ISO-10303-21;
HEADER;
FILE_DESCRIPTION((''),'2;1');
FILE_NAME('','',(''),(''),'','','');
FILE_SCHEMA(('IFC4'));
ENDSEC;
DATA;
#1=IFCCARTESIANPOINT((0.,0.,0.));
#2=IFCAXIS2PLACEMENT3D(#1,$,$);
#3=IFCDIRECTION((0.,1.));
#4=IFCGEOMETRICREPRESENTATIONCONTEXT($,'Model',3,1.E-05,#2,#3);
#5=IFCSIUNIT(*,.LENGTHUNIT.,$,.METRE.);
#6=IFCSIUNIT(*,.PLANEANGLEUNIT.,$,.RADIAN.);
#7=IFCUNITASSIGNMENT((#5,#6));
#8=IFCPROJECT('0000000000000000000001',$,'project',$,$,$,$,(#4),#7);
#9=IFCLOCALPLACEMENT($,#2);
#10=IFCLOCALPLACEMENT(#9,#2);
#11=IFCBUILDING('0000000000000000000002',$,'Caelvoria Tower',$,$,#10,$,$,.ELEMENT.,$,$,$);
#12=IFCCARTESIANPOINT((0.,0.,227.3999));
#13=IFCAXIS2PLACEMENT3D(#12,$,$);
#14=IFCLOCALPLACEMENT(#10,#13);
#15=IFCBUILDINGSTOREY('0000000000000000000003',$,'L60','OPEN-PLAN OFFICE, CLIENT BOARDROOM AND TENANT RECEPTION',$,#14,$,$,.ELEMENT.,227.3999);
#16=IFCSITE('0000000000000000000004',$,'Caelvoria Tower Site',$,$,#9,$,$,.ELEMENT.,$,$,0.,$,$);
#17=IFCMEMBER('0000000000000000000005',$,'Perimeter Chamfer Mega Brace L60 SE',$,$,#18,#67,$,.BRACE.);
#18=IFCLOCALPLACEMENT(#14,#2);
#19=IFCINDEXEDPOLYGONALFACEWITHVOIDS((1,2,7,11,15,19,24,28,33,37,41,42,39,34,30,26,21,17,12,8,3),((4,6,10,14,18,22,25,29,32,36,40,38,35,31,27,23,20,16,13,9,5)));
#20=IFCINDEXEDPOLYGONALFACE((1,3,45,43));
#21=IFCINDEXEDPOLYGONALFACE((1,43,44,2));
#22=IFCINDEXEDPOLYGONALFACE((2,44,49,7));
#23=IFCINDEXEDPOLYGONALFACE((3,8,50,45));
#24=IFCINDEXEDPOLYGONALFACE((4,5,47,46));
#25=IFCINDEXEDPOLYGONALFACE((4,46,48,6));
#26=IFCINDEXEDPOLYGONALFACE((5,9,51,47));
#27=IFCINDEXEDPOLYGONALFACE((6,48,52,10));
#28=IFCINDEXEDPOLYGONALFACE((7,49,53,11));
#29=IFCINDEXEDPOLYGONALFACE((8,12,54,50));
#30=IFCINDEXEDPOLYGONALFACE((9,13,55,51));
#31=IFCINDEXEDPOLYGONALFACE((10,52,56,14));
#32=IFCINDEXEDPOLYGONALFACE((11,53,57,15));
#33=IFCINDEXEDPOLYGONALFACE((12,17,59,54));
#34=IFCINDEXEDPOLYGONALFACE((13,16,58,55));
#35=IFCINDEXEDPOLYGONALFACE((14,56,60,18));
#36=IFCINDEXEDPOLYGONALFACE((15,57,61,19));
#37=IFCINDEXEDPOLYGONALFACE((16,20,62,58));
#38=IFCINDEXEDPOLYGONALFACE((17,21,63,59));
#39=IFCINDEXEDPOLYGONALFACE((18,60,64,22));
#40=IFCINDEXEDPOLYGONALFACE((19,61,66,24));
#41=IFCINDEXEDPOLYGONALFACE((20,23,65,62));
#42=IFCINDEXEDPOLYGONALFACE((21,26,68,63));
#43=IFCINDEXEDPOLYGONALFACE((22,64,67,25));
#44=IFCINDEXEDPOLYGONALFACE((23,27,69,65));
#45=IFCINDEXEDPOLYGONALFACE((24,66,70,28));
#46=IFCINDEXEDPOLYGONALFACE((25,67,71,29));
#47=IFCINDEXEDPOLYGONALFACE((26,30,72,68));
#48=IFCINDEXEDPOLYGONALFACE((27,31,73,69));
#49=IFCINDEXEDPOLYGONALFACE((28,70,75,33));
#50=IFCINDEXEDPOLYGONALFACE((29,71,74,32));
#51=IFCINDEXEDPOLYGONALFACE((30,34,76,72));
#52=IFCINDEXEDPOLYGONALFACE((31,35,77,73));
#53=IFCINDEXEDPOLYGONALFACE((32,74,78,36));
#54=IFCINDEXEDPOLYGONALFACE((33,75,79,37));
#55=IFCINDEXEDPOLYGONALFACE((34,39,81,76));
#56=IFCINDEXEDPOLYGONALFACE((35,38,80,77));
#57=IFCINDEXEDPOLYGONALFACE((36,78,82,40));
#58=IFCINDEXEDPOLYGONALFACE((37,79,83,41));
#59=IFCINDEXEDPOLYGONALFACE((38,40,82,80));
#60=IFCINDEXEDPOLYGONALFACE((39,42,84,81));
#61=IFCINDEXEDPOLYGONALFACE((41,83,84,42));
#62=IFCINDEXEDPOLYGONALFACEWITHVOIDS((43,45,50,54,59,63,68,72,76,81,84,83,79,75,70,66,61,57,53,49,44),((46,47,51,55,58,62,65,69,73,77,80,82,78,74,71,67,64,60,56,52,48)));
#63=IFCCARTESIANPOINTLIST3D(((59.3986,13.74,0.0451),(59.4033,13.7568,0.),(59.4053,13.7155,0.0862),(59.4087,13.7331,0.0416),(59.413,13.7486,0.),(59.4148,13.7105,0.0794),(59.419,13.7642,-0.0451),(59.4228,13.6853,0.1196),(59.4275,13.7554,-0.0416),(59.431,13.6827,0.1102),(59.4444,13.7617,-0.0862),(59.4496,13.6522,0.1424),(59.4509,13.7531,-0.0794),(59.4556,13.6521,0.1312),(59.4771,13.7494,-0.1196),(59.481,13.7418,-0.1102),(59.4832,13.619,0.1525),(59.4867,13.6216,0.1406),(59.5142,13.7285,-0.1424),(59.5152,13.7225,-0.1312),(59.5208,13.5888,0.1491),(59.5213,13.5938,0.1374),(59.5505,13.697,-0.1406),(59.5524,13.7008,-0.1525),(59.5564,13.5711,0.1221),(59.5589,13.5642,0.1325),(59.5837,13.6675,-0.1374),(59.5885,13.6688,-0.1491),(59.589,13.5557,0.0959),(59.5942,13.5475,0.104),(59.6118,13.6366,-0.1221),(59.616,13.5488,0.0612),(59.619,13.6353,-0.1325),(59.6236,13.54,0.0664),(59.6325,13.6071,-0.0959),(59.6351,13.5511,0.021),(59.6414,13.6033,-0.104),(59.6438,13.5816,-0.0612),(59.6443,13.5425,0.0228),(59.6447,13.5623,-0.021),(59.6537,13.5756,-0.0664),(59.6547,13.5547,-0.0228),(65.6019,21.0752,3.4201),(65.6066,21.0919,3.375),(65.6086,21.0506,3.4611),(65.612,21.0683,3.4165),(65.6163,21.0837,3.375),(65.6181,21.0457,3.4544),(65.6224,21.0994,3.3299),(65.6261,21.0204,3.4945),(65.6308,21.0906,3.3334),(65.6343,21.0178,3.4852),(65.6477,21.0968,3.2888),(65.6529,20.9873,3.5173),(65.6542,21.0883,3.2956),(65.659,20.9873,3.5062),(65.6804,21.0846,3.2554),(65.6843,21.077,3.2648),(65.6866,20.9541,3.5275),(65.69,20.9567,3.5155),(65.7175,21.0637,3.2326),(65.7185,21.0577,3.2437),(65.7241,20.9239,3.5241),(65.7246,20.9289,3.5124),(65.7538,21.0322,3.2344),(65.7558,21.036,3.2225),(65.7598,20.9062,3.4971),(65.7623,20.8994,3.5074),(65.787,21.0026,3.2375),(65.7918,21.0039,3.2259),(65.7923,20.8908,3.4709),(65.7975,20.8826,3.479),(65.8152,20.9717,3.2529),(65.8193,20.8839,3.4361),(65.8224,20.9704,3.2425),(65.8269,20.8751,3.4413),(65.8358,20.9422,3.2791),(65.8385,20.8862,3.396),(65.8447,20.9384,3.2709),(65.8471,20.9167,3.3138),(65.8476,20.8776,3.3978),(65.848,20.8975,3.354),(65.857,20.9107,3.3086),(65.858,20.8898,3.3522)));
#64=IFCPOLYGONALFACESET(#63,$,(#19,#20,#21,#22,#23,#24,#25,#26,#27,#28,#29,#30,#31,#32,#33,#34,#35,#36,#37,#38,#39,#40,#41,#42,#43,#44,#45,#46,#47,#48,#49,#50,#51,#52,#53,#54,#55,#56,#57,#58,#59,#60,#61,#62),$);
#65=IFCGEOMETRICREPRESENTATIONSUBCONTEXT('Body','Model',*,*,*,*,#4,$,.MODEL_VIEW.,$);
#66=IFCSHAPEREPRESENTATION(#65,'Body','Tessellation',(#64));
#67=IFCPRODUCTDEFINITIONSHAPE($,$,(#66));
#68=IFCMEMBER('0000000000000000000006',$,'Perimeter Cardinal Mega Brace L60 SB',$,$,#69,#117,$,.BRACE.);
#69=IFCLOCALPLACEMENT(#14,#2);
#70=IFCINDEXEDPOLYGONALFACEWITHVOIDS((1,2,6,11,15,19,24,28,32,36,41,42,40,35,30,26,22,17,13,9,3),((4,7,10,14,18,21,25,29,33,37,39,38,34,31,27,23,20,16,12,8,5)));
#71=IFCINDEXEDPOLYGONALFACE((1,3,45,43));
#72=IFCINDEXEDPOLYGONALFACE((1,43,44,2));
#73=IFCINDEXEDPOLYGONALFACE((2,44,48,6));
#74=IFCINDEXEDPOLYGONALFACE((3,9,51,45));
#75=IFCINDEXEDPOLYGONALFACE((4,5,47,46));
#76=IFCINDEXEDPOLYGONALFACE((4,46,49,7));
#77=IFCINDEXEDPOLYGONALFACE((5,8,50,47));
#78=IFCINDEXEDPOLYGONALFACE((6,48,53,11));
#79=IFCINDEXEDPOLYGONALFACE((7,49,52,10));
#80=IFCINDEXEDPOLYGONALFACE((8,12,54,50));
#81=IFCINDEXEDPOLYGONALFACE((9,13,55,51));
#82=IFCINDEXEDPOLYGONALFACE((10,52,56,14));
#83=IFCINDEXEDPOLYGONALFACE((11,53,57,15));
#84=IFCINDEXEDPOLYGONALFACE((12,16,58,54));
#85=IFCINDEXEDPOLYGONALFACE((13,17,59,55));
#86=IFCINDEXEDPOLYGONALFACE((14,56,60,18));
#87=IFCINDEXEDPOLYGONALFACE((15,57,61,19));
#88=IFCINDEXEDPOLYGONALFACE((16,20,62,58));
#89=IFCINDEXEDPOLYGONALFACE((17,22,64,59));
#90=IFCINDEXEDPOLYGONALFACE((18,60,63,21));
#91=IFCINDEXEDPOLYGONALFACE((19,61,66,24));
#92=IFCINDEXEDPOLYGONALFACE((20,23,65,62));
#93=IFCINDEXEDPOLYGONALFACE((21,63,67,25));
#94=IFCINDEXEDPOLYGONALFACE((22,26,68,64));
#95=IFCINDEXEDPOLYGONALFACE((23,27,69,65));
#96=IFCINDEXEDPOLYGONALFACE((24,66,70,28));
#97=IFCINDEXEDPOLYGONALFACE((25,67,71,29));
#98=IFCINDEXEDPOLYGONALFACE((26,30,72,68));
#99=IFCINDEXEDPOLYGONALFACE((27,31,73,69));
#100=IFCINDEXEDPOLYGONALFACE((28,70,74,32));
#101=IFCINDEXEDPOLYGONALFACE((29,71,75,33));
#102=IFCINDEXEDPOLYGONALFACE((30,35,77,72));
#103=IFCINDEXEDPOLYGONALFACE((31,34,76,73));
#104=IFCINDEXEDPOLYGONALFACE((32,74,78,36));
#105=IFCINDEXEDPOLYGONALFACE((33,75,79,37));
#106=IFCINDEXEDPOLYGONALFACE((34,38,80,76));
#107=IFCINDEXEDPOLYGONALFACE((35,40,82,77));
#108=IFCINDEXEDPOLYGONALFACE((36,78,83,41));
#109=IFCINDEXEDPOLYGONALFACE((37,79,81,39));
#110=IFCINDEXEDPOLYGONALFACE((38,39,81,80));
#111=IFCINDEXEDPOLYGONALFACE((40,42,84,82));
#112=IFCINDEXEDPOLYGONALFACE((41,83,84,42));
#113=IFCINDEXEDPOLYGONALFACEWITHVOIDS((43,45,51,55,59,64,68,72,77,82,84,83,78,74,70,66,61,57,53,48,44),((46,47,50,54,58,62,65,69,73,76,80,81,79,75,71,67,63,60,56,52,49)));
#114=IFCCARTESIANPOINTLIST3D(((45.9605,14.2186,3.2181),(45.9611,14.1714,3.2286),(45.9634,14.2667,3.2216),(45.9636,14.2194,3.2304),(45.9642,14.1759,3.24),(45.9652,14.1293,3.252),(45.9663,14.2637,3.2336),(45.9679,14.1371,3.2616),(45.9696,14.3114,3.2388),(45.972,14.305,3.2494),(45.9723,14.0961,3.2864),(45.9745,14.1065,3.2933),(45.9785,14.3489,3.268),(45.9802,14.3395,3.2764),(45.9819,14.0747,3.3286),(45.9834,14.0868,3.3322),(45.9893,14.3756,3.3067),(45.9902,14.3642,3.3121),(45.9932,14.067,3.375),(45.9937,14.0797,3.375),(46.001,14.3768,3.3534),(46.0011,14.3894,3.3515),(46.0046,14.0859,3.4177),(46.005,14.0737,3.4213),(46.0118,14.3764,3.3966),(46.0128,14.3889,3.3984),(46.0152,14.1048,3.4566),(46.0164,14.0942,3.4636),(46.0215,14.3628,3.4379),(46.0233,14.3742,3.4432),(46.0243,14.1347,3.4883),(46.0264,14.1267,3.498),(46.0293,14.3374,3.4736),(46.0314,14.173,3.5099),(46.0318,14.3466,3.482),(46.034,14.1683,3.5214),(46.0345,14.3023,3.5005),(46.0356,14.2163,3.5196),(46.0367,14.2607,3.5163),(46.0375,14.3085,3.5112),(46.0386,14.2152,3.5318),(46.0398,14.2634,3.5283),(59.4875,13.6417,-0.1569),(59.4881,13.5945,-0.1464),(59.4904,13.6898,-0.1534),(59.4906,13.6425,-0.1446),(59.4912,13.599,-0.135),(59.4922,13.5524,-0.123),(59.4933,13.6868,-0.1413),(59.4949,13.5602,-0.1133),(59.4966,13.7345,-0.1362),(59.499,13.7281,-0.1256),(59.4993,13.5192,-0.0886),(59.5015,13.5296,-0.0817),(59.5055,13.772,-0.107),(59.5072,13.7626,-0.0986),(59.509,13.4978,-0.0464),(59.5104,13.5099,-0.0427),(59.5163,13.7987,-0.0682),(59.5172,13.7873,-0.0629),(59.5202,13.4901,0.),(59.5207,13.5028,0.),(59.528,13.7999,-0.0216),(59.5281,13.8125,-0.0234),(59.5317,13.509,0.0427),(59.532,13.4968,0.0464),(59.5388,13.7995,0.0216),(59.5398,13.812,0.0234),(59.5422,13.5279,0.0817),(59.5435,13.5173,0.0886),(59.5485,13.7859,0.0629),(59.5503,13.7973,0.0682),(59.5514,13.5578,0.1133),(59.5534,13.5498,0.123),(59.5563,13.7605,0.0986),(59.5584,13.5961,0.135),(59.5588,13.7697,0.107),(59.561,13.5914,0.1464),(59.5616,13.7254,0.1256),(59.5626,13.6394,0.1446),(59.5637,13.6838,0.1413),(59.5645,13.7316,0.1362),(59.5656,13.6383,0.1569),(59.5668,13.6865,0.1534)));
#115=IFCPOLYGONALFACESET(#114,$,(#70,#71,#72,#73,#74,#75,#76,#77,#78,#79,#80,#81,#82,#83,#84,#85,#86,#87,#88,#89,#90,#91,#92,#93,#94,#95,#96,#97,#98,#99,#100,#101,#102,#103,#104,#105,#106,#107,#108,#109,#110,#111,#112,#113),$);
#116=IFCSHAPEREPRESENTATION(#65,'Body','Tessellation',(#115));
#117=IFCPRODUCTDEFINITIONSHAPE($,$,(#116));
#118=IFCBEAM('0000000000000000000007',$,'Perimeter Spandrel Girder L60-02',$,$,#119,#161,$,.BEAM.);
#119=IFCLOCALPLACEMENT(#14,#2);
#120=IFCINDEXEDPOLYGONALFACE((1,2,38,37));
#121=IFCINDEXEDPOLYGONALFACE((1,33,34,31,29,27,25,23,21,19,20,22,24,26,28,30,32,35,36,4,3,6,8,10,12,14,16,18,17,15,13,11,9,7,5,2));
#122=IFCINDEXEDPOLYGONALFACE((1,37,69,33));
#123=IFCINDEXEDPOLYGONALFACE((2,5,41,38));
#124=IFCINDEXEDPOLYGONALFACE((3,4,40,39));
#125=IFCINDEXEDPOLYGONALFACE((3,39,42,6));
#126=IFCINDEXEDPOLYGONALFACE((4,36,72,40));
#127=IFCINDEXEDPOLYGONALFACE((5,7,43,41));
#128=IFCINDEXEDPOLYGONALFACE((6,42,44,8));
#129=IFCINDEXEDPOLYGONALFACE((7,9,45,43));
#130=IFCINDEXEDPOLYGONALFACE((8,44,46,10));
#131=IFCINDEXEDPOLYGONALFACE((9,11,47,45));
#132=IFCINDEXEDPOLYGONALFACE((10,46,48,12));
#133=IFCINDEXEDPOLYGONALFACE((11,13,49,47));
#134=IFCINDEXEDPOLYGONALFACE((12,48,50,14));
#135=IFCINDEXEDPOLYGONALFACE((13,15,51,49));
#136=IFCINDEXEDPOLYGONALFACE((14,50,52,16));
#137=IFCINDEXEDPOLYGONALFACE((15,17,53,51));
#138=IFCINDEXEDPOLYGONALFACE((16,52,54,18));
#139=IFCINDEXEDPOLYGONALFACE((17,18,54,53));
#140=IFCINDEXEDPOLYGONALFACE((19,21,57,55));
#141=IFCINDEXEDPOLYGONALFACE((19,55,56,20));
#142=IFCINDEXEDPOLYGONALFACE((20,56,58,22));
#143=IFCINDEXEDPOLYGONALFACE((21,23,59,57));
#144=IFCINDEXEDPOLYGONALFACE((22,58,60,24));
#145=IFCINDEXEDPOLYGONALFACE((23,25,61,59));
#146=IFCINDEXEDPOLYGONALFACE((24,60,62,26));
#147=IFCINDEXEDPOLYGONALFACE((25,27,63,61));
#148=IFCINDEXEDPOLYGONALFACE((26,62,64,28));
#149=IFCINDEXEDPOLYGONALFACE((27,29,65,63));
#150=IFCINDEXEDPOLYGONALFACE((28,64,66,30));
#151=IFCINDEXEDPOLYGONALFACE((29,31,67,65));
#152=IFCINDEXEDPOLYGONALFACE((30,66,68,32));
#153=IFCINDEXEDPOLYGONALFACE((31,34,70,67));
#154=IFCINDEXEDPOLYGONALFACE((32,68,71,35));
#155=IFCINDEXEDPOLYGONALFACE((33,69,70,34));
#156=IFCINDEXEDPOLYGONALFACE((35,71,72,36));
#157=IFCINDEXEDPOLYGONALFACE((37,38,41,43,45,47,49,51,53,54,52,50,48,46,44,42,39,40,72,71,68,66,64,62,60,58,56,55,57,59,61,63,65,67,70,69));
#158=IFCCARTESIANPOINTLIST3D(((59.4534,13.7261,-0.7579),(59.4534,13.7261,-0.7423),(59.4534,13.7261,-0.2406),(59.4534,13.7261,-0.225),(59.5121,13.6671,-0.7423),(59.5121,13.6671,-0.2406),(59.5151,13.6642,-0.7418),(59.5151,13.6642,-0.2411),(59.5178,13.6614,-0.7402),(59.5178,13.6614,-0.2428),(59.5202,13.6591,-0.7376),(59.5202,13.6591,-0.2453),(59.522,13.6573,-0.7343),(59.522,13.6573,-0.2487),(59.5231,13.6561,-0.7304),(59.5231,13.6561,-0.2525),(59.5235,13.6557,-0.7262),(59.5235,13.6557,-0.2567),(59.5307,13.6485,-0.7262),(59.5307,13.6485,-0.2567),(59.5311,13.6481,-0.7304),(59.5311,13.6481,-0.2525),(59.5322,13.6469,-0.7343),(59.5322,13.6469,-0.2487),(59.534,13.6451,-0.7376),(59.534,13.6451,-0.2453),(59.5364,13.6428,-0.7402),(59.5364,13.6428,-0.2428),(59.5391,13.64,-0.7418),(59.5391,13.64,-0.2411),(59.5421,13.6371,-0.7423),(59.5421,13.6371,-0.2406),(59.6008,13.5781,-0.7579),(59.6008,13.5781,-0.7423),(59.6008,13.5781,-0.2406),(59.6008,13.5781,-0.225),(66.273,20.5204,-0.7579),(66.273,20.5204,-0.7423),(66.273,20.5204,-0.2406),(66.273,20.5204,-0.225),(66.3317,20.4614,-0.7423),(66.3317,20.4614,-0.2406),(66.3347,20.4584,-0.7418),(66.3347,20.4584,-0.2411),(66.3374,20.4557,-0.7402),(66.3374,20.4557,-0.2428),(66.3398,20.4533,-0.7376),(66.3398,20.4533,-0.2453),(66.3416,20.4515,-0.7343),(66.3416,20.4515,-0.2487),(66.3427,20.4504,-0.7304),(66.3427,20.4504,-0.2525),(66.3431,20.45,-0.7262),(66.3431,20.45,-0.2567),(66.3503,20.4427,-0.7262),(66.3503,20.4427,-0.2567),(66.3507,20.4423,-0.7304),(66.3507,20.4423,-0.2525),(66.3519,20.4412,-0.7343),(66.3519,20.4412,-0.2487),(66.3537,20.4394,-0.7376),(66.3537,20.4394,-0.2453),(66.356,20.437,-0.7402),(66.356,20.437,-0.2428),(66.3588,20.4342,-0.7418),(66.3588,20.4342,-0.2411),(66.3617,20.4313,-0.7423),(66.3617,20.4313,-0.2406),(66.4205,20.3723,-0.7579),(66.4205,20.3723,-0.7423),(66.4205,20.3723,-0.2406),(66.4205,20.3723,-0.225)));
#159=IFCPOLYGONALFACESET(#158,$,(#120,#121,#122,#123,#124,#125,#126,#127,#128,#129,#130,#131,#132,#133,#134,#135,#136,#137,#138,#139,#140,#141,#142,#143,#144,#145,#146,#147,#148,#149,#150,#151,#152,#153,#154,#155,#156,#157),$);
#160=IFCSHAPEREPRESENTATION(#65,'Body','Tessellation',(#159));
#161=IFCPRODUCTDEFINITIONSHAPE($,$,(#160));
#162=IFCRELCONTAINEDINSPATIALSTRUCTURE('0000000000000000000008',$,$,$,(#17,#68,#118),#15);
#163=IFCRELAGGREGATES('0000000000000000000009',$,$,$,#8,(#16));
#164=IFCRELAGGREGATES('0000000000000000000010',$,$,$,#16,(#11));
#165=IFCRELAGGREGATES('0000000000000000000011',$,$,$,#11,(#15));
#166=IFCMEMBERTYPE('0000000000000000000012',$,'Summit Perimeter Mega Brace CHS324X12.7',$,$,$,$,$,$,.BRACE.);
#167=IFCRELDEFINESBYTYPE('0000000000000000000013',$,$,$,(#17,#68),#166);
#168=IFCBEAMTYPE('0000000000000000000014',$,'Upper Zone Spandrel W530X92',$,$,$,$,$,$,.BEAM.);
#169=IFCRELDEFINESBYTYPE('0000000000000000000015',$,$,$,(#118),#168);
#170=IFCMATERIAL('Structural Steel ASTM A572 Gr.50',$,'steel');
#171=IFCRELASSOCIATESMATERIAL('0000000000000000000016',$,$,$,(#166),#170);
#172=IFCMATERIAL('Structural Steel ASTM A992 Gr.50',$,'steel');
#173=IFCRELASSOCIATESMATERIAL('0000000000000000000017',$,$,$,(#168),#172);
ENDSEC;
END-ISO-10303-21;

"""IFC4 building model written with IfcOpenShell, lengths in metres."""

from ifc_helpers import new_model, si_unit, direction, frame, origin, origin_2d, place, context, subcontext, project, spatial, hollow_circle, i_section, extrude, material, material_profile, profile_set, type_object, element, save


model = new_model("IFC4")

# Units and contexts
model_context = context("Model", 3, precision=1e-05, world=origin(), true_north=direction((0.0, 1.0)))
body_context = subcontext(model_context, "Body", "Model", "MODEL_VIEW")
ifc_project = project(units=[si_unit("LENGTHUNIT", "METRE"), si_unit("PLANEANGLEUNIT", "RADIAN")], contexts=[model_context])

# Site, building, storey
site_placement = place(None, origin())
site = spatial("IfcSite", under=ifc_project, at=site_placement, Name="Caelvoria Tower Site", CompositionType="ELEMENT", RefElevation=0.0)
building_placement = place(site_placement, origin())
building = spatial("IfcBuilding", under=site, at=building_placement, Name="Caelvoria Tower", CompositionType="ELEMENT")
storey_placement = place(building_placement, frame((0.0, 0.0, 227.3999)))
storey = spatial("IfcBuildingStorey", under=building, at=storey_placement, Name="L60", Description="OPEN-PLAN OFFICE, CLIENT BOARDROOM AND TENANT RECEPTION", CompositionType="ELEMENT", Elevation=227.3999)

# Shared definitions
ifc_material_1 = material(Name="Structural Steel ASTM A572 Gr.50", Category="steel")

# Shared definitions
ifc_material_2 = material(Name="Structural Steel ASTM A992 Gr.50", Category="steel")

# Members
ifc_material_profile_1 = material_profile(ifc_material_1, hollow_circle(Radius=0.1621, WallThickness=0.0127, at=origin_2d()), Name="Structural Steel ASTM A572 Gr.50")
ifc_profile_set_1 = profile_set([ifc_material_profile_1], Name="CHS324X12.7 - Structural Steel ASTM A572 Gr.50")
member_type = type_object("IfcMemberType", Name="Summit Perimeter Mega Brace CHS324X12.7", PredefinedType="BRACE", material=ifc_profile_set_1)
member_1_placement = place(storey_placement, frame((59.5271, 13.6521, 0.0), z_axis=(0.609235, 0.720393, 0.33146), x_axis=(-0.763558, 0.645739, 0.0)))
element("IfcMember", 1, at=member_1_placement, inside=storey, type_object=member_type, Name="Perimeter Chamfer Mega Brace L60 SE", PredefinedType="BRACE", context=body_context, shape_type="SweptSolid", body=[
    extrude(hollow_circle(Radius=0.1621, WallThickness=0.0127, at=origin_2d()), origin(), (0.0, 0.0, 1.0), 10.1821),
])
member_2_placement = place(storey_placement, frame((59.5271, 13.6521, 0.0), z_axis=(-0.969427, 0.041344, 0.241871), x_axis=(-0.042609, -0.999092, 0.0)))
element("IfcMember", 2, at=member_2_placement, inside=storey, type_object=member_type, Name="Perimeter Cardinal Mega Brace L60 SB", PredefinedType="BRACE", context=body_context, shape_type="SweptSolid", body=[
    extrude(hollow_circle(Radius=0.1621, WallThickness=0.0127, at=origin_2d()), origin(), (0.0, 0.0, 1.0), 13.9536),
])

# Beam
ifc_material_profile_2 = material_profile(ifc_material_2, i_section(OverallWidth=0.209, OverallDepth=0.533, WebThickness=0.0103, FlangeThickness=0.0156, FilletRadius=0.0161, at=origin_2d()), Name="Structural Steel ASTM A992 Gr.50")
ifc_profile_set_2 = profile_set([ifc_material_profile_2], Name="W530X92 - Structural Steel ASTM A992 Gr.50")
beam_type_1 = type_object("IfcBeamType", Name="Upper Zone Spandrel W530X92", PredefinedType="BEAM", material=ifc_profile_set_2)
beam_1_placement = place(storey_placement, frame((59.5271, 13.6521, -0.4915), z_axis=(0.708424, 0.705787, 0.0), x_axis=(-0.705787, 0.708424, 0.0)))
element("IfcBeam", 3, at=beam_1_placement, inside=storey, type_object=beam_type_1, Name="Perimeter Spandrel Girder L60-02", PredefinedType="BEAM", context=body_context, shape_type="SweptSolid", body=[
    extrude(i_section(OverallWidth=0.209, OverallDepth=0.533, WebThickness=0.0103, FlangeThickness=0.0156, FilletRadius=0.0161, at=origin_2d()), origin(), (0.0, 0.0, 1.0), 9.6265),
])

save(model, "model.ifc")
